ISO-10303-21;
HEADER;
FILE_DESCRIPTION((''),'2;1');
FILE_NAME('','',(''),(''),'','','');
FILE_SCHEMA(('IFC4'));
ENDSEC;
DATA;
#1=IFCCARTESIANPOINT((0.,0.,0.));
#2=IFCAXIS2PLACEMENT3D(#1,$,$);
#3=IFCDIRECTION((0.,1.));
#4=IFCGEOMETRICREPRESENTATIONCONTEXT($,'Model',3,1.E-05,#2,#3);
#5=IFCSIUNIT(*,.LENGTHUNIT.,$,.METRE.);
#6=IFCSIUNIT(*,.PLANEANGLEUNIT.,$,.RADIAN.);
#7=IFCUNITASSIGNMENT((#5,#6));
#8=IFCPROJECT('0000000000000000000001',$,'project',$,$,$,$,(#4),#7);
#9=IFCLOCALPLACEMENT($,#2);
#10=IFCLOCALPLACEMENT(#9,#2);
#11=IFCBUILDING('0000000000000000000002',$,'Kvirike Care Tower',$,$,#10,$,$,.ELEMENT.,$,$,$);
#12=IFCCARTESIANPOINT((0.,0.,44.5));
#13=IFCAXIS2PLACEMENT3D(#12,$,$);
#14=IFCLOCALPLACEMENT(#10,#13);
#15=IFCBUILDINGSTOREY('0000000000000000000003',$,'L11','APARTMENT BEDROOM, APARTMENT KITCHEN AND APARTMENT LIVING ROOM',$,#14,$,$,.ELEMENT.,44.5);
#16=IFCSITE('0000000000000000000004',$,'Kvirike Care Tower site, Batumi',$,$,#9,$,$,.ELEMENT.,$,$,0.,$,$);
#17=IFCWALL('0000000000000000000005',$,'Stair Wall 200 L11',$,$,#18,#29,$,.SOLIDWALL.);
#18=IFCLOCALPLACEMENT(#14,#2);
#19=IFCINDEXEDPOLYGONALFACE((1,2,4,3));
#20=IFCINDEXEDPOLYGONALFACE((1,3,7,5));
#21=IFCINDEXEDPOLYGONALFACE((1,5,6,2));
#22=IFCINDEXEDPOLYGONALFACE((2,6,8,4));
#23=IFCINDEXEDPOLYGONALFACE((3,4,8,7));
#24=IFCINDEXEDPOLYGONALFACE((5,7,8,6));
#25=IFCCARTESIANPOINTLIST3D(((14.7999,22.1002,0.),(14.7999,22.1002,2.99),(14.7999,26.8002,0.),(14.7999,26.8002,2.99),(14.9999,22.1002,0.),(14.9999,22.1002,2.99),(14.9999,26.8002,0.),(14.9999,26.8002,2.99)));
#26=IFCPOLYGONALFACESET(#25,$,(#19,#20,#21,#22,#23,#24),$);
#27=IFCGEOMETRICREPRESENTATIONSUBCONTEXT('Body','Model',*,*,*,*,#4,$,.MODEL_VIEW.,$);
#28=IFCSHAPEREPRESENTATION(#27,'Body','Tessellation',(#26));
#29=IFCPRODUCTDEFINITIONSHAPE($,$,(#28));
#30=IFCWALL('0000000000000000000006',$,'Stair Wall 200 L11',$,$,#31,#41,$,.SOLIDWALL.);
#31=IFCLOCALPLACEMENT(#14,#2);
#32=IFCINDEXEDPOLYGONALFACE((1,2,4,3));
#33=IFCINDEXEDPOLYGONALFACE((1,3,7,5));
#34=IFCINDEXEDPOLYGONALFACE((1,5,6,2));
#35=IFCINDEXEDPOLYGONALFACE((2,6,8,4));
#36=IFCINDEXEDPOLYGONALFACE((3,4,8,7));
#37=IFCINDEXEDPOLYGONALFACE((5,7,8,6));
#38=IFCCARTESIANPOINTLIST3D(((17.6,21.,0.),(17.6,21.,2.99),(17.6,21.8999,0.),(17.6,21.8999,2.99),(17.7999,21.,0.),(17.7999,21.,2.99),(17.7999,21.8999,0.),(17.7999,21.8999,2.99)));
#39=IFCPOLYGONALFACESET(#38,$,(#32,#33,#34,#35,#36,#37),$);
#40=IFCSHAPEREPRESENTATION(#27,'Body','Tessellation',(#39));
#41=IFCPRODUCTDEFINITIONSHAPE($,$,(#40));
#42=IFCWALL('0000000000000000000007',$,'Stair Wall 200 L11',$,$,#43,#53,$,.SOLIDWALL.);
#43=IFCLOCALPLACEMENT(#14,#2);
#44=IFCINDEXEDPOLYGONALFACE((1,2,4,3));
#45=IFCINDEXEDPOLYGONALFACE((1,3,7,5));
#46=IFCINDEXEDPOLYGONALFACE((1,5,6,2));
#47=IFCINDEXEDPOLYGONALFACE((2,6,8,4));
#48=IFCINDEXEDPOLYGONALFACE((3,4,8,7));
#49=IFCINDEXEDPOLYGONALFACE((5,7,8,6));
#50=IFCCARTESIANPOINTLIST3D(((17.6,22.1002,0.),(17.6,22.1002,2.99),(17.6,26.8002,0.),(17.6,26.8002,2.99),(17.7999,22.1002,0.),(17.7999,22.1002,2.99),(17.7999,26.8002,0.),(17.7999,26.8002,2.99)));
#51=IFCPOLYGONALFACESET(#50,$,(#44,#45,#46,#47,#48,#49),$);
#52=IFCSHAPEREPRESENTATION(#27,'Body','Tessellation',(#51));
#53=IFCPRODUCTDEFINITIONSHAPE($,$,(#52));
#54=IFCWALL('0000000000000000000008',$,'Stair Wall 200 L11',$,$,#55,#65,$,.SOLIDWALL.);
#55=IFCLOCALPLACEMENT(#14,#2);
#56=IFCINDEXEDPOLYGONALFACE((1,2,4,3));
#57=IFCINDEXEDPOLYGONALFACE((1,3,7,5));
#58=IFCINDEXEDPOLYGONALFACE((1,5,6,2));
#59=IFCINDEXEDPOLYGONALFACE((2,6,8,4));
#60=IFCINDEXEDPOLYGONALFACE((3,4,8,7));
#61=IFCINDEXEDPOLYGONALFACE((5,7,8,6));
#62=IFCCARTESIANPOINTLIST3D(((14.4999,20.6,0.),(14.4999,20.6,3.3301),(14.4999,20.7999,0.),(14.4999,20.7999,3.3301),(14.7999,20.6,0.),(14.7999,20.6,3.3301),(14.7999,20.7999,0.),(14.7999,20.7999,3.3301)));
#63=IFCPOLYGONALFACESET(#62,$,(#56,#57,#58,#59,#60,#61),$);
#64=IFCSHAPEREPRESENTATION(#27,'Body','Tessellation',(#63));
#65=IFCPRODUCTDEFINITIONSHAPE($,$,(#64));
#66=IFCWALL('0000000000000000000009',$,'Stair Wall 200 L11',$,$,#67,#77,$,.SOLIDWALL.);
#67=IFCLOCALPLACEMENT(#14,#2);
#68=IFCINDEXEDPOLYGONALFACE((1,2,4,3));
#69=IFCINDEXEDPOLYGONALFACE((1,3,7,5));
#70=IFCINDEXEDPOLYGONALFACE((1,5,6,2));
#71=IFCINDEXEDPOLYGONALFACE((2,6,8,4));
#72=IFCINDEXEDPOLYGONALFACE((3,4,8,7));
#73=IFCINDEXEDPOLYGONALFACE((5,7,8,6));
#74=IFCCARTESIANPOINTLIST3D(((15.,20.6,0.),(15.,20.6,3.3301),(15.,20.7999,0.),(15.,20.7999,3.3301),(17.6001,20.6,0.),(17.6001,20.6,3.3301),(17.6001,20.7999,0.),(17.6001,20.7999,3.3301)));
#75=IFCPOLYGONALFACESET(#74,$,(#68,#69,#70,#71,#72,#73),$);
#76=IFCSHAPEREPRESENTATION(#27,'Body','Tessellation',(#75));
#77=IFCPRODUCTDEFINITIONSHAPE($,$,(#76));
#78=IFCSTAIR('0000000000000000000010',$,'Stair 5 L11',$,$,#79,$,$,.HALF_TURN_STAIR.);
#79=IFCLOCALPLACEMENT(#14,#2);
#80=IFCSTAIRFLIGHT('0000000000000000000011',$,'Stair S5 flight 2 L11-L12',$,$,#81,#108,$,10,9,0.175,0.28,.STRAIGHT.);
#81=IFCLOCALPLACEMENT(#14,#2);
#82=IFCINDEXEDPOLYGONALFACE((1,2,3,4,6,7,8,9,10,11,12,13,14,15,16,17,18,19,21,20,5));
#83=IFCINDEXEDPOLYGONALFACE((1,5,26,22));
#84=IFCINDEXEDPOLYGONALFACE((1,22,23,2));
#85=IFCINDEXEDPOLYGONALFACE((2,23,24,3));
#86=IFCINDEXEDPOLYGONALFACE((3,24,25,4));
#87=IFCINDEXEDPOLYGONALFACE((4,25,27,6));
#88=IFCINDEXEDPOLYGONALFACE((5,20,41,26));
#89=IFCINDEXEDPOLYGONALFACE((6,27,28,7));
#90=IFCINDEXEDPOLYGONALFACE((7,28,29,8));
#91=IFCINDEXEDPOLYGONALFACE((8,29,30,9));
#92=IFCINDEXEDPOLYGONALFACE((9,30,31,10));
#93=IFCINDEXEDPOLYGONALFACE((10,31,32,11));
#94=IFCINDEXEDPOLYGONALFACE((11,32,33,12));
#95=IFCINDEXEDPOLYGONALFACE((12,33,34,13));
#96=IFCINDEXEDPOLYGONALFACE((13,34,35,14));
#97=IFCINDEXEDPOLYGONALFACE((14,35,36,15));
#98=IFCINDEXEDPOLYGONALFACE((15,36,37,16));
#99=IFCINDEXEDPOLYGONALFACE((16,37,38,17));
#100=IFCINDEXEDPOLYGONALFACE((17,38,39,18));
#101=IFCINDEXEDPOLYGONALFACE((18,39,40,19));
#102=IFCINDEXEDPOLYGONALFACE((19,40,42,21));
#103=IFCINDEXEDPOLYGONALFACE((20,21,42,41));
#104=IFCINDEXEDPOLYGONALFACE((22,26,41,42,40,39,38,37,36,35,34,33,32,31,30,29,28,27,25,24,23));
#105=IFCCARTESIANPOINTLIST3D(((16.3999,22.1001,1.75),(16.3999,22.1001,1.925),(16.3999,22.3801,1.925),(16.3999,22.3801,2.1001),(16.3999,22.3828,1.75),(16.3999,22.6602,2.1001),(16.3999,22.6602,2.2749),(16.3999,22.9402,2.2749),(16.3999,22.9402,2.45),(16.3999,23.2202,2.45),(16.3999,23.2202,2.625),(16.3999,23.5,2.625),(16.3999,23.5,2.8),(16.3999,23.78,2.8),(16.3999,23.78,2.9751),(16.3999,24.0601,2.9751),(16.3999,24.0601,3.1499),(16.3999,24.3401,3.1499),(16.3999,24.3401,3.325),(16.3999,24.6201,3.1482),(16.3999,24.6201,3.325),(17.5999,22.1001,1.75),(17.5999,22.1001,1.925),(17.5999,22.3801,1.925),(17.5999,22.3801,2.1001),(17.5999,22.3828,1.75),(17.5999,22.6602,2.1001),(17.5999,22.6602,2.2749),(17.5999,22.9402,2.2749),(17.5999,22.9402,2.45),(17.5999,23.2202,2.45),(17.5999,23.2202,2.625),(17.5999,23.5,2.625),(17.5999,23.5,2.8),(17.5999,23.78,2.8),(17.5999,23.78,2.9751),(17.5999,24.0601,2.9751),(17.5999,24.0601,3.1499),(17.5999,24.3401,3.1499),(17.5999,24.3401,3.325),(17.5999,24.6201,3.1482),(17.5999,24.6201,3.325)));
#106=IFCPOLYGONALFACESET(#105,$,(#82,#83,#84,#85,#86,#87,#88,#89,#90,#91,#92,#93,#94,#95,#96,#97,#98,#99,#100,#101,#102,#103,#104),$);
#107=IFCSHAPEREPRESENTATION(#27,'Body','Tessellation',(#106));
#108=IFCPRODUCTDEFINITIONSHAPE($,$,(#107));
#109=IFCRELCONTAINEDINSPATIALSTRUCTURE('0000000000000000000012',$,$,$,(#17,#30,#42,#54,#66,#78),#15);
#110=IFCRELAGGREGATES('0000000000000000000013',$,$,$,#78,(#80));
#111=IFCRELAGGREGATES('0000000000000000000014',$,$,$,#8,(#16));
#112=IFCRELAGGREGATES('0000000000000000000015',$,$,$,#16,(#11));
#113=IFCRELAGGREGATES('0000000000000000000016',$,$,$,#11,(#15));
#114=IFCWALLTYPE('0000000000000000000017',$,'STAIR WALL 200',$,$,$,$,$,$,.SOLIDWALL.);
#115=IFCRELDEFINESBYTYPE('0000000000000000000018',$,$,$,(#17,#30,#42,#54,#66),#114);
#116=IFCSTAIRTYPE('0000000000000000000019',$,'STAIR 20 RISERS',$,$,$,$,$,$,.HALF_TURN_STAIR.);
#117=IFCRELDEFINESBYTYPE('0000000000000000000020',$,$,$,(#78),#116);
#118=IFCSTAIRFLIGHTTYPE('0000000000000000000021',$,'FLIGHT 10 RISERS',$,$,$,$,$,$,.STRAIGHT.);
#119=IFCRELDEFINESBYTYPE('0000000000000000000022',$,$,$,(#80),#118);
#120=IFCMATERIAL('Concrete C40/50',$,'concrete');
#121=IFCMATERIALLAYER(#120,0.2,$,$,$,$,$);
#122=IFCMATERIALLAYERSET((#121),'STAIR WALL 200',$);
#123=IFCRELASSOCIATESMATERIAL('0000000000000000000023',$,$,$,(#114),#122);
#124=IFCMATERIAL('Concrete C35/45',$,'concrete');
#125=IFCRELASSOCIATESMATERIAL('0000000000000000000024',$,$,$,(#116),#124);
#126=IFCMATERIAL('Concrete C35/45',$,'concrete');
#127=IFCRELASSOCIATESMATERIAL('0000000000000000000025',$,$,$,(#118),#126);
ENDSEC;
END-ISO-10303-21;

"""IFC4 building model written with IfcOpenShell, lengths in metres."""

from ifc_helpers import new_model, si_unit, direction, frame, frame_2d, origin, place, context, subcontext, project, spatial, polyline, rectangle, outline, extrude, material, layer, layer_set, type_object, element, aggregate, save


model = new_model("IFC4")

# Units and contexts
model_context = context("Model", 3, precision=1e-05, world=origin(), true_north=direction((0.0, 1.0)))
body_context = subcontext(model_context, "Body", "Model", "MODEL_VIEW")
ifc_project = project(units=[si_unit("LENGTHUNIT", "METRE"), si_unit("PLANEANGLEUNIT", "RADIAN")], contexts=[model_context])

# Site, building, storey
site_placement = place(None, origin())
site = spatial("IfcSite", under=ifc_project, at=site_placement, Name="Kvirike Care Tower site, Batumi", CompositionType="ELEMENT", RefElevation=0.0)
building_placement = place(site_placement, origin())
building = spatial("IfcBuilding", under=site, at=building_placement, Name="Kvirike Care Tower", CompositionType="ELEMENT")
storey_placement = place(building_placement, frame((0.0, 0.0, 44.5)))
storey = spatial("IfcBuildingStorey", under=building, at=storey_placement, Name="L11", Description="APARTMENT BEDROOM, APARTMENT KITCHEN AND APARTMENT LIVING ROOM", CompositionType="ELEMENT", Elevation=44.5)

# Walls
ifc_material_1 = material(Name="Concrete C40/50", Category="concrete")
ifc_layer_1 = layer(ifc_material_1, 0.2)
ifc_layer_set_1 = layer_set([ifc_layer_1], Name="STAIR WALL 200")
wall_type_1 = type_object("IfcWallType", Name="STAIR WALL 200", PredefinedType="SOLIDWALL", material=ifc_layer_set_1)
wall_1_placement = place(storey_placement, frame((14.8999, 22.1001, 0.0), z_axis=(0.0, 0.0, 1.0), x_axis=(0.0, 1.0, 0.0)))
element("IfcWall", 1, at=wall_1_placement, inside=storey, type_object=wall_type_1, Name="Stair Wall 200 L11", PredefinedType="SOLIDWALL", context=body_context, shape_type="SweptSolid", body=[
    extrude(rectangle(XDim=4.7, YDim=0.2, at=frame_2d((2.3501, 0.0))), origin(), (0.0, 0.0, 1.0), 2.99),
])
wall_2_placement = place(storey_placement, frame((17.7, 21.0, 0.0), z_axis=(0.0, 0.0, 1.0), x_axis=(0.0, 1.0, 0.0)))
element("IfcWall", 2, at=wall_2_placement, inside=storey, type_object=wall_type_1, Name="Stair Wall 200 L11", PredefinedType="SOLIDWALL", context=body_context, shape_type="SweptSolid", body=[
    extrude(rectangle(XDim=0.8999, YDim=0.2, at=frame_2d((0.45, 0.0))), origin(), (0.0, 0.0, 1.0), 2.99),
])
wall_3_placement = place(storey_placement, frame((17.7, 22.1001, 0.0), z_axis=(0.0, 0.0, 1.0), x_axis=(0.0, 1.0, 0.0)))
element("IfcWall", 3, at=wall_3_placement, inside=storey, type_object=wall_type_1, Name="Stair Wall 200 L11", PredefinedType="SOLIDWALL", context=body_context, shape_type="SweptSolid", body=[
    extrude(rectangle(XDim=4.7, YDim=0.2, at=frame_2d((2.3501, 0.0))), origin(), (0.0, 0.0, 1.0), 2.99),
])
wall_4_placement = place(storey_placement, frame((14.5, 20.7, 0.0), z_axis=(0.0, 0.0, 1.0), x_axis=(1.0, 0.0, 0.0)))
element("IfcWall", 4, at=wall_4_placement, inside=storey, type_object=wall_type_1, Name="Stair Wall 200 L11", PredefinedType="SOLIDWALL", context=body_context, shape_type="SweptSolid", body=[
    extrude(rectangle(XDim=0.3, YDim=0.2, at=frame_2d((0.1499, 0.0))), origin(), (0.0, 0.0, 1.0), 3.3301),
])
wall_5_placement = place(storey_placement, frame((15.0, 20.7, 0.0), z_axis=(0.0, 0.0, 1.0), x_axis=(1.0, 0.0, 0.0)))
element("IfcWall", 5, at=wall_5_placement, inside=storey, type_object=wall_type_1, Name="Stair Wall 200 L11", PredefinedType="SOLIDWALL", context=body_context, shape_type="SweptSolid", body=[
    extrude(rectangle(XDim=2.6001, YDim=0.2, at=frame_2d((1.3, 0.0))), origin(), (0.0, 0.0, 1.0), 3.3301),
])

# Stair, stair flight
ifc_material_2 = material(Name="Concrete C35/45", Category="concrete")
stair_type = type_object("IfcStairType", Name="STAIR 20 RISERS", PredefinedType="HALF_TURN_STAIR", material=ifc_material_2)
stair_placement = place(storey_placement, origin())
stair = element("IfcStair", 6, at=stair_placement, inside=storey, type_object=stair_type, Name="Stair 5 L11", PredefinedType="HALF_TURN_STAIR")
ifc_material_3 = material(Name="Concrete C35/45", Category="concrete")
stair_flight_type = type_object("IfcStairFlightType", Name="FLIGHT 10 RISERS", PredefinedType="STRAIGHT", material=ifc_material_3)
stair_flight_placement = place(storey_placement, frame((17.0, 22.1001, 1.75), z_axis=(0.0, 0.0, 1.0), x_axis=(0.0, 1.0, 0.0)))
stair_flight = element("IfcStairFlight", 7, at=stair_flight_placement, type_object=stair_flight_type, Name="Stair S5 flight 2 L11-L12", NumberOfRisers=10, NumberOfTreads=9, PredefinedType="STRAIGHT", RiserHeight=0.175, TreadLength=0.28, context=body_context, shape_type="SweptSolid", body=[
    extrude(outline(polyline([(0.0, 0.0), (0.0, 0.175), (0.28, 0.175), (0.28, 0.3501), (0.5601, 0.3501), (0.5601, 0.5249), (0.8401, 0.5249), (0.8401, 0.7), (1.1201, 0.7), (1.1201, 0.875), (1.3999, 0.875), (1.3999, 1.05), (1.6799, 1.05), (1.6799, 1.2251), (1.96, 1.2251), (1.96, 1.3999), (2.24, 1.3999), (2.24, 1.575), (2.52, 1.575), (2.52, 1.75), (2.52, 1.3982), (0.2827, 0.0), (0.0, 0.0)])), frame((0.0, 0.6001, 0.0), z_axis=(0.0, -1.0, 0.0), x_axis=(1.0, 0.0, 0.0)), (0.0, 0.0, 1.0), 1.2),
])
aggregate(stair, [stair_flight])

save(model, "model.ifc")
